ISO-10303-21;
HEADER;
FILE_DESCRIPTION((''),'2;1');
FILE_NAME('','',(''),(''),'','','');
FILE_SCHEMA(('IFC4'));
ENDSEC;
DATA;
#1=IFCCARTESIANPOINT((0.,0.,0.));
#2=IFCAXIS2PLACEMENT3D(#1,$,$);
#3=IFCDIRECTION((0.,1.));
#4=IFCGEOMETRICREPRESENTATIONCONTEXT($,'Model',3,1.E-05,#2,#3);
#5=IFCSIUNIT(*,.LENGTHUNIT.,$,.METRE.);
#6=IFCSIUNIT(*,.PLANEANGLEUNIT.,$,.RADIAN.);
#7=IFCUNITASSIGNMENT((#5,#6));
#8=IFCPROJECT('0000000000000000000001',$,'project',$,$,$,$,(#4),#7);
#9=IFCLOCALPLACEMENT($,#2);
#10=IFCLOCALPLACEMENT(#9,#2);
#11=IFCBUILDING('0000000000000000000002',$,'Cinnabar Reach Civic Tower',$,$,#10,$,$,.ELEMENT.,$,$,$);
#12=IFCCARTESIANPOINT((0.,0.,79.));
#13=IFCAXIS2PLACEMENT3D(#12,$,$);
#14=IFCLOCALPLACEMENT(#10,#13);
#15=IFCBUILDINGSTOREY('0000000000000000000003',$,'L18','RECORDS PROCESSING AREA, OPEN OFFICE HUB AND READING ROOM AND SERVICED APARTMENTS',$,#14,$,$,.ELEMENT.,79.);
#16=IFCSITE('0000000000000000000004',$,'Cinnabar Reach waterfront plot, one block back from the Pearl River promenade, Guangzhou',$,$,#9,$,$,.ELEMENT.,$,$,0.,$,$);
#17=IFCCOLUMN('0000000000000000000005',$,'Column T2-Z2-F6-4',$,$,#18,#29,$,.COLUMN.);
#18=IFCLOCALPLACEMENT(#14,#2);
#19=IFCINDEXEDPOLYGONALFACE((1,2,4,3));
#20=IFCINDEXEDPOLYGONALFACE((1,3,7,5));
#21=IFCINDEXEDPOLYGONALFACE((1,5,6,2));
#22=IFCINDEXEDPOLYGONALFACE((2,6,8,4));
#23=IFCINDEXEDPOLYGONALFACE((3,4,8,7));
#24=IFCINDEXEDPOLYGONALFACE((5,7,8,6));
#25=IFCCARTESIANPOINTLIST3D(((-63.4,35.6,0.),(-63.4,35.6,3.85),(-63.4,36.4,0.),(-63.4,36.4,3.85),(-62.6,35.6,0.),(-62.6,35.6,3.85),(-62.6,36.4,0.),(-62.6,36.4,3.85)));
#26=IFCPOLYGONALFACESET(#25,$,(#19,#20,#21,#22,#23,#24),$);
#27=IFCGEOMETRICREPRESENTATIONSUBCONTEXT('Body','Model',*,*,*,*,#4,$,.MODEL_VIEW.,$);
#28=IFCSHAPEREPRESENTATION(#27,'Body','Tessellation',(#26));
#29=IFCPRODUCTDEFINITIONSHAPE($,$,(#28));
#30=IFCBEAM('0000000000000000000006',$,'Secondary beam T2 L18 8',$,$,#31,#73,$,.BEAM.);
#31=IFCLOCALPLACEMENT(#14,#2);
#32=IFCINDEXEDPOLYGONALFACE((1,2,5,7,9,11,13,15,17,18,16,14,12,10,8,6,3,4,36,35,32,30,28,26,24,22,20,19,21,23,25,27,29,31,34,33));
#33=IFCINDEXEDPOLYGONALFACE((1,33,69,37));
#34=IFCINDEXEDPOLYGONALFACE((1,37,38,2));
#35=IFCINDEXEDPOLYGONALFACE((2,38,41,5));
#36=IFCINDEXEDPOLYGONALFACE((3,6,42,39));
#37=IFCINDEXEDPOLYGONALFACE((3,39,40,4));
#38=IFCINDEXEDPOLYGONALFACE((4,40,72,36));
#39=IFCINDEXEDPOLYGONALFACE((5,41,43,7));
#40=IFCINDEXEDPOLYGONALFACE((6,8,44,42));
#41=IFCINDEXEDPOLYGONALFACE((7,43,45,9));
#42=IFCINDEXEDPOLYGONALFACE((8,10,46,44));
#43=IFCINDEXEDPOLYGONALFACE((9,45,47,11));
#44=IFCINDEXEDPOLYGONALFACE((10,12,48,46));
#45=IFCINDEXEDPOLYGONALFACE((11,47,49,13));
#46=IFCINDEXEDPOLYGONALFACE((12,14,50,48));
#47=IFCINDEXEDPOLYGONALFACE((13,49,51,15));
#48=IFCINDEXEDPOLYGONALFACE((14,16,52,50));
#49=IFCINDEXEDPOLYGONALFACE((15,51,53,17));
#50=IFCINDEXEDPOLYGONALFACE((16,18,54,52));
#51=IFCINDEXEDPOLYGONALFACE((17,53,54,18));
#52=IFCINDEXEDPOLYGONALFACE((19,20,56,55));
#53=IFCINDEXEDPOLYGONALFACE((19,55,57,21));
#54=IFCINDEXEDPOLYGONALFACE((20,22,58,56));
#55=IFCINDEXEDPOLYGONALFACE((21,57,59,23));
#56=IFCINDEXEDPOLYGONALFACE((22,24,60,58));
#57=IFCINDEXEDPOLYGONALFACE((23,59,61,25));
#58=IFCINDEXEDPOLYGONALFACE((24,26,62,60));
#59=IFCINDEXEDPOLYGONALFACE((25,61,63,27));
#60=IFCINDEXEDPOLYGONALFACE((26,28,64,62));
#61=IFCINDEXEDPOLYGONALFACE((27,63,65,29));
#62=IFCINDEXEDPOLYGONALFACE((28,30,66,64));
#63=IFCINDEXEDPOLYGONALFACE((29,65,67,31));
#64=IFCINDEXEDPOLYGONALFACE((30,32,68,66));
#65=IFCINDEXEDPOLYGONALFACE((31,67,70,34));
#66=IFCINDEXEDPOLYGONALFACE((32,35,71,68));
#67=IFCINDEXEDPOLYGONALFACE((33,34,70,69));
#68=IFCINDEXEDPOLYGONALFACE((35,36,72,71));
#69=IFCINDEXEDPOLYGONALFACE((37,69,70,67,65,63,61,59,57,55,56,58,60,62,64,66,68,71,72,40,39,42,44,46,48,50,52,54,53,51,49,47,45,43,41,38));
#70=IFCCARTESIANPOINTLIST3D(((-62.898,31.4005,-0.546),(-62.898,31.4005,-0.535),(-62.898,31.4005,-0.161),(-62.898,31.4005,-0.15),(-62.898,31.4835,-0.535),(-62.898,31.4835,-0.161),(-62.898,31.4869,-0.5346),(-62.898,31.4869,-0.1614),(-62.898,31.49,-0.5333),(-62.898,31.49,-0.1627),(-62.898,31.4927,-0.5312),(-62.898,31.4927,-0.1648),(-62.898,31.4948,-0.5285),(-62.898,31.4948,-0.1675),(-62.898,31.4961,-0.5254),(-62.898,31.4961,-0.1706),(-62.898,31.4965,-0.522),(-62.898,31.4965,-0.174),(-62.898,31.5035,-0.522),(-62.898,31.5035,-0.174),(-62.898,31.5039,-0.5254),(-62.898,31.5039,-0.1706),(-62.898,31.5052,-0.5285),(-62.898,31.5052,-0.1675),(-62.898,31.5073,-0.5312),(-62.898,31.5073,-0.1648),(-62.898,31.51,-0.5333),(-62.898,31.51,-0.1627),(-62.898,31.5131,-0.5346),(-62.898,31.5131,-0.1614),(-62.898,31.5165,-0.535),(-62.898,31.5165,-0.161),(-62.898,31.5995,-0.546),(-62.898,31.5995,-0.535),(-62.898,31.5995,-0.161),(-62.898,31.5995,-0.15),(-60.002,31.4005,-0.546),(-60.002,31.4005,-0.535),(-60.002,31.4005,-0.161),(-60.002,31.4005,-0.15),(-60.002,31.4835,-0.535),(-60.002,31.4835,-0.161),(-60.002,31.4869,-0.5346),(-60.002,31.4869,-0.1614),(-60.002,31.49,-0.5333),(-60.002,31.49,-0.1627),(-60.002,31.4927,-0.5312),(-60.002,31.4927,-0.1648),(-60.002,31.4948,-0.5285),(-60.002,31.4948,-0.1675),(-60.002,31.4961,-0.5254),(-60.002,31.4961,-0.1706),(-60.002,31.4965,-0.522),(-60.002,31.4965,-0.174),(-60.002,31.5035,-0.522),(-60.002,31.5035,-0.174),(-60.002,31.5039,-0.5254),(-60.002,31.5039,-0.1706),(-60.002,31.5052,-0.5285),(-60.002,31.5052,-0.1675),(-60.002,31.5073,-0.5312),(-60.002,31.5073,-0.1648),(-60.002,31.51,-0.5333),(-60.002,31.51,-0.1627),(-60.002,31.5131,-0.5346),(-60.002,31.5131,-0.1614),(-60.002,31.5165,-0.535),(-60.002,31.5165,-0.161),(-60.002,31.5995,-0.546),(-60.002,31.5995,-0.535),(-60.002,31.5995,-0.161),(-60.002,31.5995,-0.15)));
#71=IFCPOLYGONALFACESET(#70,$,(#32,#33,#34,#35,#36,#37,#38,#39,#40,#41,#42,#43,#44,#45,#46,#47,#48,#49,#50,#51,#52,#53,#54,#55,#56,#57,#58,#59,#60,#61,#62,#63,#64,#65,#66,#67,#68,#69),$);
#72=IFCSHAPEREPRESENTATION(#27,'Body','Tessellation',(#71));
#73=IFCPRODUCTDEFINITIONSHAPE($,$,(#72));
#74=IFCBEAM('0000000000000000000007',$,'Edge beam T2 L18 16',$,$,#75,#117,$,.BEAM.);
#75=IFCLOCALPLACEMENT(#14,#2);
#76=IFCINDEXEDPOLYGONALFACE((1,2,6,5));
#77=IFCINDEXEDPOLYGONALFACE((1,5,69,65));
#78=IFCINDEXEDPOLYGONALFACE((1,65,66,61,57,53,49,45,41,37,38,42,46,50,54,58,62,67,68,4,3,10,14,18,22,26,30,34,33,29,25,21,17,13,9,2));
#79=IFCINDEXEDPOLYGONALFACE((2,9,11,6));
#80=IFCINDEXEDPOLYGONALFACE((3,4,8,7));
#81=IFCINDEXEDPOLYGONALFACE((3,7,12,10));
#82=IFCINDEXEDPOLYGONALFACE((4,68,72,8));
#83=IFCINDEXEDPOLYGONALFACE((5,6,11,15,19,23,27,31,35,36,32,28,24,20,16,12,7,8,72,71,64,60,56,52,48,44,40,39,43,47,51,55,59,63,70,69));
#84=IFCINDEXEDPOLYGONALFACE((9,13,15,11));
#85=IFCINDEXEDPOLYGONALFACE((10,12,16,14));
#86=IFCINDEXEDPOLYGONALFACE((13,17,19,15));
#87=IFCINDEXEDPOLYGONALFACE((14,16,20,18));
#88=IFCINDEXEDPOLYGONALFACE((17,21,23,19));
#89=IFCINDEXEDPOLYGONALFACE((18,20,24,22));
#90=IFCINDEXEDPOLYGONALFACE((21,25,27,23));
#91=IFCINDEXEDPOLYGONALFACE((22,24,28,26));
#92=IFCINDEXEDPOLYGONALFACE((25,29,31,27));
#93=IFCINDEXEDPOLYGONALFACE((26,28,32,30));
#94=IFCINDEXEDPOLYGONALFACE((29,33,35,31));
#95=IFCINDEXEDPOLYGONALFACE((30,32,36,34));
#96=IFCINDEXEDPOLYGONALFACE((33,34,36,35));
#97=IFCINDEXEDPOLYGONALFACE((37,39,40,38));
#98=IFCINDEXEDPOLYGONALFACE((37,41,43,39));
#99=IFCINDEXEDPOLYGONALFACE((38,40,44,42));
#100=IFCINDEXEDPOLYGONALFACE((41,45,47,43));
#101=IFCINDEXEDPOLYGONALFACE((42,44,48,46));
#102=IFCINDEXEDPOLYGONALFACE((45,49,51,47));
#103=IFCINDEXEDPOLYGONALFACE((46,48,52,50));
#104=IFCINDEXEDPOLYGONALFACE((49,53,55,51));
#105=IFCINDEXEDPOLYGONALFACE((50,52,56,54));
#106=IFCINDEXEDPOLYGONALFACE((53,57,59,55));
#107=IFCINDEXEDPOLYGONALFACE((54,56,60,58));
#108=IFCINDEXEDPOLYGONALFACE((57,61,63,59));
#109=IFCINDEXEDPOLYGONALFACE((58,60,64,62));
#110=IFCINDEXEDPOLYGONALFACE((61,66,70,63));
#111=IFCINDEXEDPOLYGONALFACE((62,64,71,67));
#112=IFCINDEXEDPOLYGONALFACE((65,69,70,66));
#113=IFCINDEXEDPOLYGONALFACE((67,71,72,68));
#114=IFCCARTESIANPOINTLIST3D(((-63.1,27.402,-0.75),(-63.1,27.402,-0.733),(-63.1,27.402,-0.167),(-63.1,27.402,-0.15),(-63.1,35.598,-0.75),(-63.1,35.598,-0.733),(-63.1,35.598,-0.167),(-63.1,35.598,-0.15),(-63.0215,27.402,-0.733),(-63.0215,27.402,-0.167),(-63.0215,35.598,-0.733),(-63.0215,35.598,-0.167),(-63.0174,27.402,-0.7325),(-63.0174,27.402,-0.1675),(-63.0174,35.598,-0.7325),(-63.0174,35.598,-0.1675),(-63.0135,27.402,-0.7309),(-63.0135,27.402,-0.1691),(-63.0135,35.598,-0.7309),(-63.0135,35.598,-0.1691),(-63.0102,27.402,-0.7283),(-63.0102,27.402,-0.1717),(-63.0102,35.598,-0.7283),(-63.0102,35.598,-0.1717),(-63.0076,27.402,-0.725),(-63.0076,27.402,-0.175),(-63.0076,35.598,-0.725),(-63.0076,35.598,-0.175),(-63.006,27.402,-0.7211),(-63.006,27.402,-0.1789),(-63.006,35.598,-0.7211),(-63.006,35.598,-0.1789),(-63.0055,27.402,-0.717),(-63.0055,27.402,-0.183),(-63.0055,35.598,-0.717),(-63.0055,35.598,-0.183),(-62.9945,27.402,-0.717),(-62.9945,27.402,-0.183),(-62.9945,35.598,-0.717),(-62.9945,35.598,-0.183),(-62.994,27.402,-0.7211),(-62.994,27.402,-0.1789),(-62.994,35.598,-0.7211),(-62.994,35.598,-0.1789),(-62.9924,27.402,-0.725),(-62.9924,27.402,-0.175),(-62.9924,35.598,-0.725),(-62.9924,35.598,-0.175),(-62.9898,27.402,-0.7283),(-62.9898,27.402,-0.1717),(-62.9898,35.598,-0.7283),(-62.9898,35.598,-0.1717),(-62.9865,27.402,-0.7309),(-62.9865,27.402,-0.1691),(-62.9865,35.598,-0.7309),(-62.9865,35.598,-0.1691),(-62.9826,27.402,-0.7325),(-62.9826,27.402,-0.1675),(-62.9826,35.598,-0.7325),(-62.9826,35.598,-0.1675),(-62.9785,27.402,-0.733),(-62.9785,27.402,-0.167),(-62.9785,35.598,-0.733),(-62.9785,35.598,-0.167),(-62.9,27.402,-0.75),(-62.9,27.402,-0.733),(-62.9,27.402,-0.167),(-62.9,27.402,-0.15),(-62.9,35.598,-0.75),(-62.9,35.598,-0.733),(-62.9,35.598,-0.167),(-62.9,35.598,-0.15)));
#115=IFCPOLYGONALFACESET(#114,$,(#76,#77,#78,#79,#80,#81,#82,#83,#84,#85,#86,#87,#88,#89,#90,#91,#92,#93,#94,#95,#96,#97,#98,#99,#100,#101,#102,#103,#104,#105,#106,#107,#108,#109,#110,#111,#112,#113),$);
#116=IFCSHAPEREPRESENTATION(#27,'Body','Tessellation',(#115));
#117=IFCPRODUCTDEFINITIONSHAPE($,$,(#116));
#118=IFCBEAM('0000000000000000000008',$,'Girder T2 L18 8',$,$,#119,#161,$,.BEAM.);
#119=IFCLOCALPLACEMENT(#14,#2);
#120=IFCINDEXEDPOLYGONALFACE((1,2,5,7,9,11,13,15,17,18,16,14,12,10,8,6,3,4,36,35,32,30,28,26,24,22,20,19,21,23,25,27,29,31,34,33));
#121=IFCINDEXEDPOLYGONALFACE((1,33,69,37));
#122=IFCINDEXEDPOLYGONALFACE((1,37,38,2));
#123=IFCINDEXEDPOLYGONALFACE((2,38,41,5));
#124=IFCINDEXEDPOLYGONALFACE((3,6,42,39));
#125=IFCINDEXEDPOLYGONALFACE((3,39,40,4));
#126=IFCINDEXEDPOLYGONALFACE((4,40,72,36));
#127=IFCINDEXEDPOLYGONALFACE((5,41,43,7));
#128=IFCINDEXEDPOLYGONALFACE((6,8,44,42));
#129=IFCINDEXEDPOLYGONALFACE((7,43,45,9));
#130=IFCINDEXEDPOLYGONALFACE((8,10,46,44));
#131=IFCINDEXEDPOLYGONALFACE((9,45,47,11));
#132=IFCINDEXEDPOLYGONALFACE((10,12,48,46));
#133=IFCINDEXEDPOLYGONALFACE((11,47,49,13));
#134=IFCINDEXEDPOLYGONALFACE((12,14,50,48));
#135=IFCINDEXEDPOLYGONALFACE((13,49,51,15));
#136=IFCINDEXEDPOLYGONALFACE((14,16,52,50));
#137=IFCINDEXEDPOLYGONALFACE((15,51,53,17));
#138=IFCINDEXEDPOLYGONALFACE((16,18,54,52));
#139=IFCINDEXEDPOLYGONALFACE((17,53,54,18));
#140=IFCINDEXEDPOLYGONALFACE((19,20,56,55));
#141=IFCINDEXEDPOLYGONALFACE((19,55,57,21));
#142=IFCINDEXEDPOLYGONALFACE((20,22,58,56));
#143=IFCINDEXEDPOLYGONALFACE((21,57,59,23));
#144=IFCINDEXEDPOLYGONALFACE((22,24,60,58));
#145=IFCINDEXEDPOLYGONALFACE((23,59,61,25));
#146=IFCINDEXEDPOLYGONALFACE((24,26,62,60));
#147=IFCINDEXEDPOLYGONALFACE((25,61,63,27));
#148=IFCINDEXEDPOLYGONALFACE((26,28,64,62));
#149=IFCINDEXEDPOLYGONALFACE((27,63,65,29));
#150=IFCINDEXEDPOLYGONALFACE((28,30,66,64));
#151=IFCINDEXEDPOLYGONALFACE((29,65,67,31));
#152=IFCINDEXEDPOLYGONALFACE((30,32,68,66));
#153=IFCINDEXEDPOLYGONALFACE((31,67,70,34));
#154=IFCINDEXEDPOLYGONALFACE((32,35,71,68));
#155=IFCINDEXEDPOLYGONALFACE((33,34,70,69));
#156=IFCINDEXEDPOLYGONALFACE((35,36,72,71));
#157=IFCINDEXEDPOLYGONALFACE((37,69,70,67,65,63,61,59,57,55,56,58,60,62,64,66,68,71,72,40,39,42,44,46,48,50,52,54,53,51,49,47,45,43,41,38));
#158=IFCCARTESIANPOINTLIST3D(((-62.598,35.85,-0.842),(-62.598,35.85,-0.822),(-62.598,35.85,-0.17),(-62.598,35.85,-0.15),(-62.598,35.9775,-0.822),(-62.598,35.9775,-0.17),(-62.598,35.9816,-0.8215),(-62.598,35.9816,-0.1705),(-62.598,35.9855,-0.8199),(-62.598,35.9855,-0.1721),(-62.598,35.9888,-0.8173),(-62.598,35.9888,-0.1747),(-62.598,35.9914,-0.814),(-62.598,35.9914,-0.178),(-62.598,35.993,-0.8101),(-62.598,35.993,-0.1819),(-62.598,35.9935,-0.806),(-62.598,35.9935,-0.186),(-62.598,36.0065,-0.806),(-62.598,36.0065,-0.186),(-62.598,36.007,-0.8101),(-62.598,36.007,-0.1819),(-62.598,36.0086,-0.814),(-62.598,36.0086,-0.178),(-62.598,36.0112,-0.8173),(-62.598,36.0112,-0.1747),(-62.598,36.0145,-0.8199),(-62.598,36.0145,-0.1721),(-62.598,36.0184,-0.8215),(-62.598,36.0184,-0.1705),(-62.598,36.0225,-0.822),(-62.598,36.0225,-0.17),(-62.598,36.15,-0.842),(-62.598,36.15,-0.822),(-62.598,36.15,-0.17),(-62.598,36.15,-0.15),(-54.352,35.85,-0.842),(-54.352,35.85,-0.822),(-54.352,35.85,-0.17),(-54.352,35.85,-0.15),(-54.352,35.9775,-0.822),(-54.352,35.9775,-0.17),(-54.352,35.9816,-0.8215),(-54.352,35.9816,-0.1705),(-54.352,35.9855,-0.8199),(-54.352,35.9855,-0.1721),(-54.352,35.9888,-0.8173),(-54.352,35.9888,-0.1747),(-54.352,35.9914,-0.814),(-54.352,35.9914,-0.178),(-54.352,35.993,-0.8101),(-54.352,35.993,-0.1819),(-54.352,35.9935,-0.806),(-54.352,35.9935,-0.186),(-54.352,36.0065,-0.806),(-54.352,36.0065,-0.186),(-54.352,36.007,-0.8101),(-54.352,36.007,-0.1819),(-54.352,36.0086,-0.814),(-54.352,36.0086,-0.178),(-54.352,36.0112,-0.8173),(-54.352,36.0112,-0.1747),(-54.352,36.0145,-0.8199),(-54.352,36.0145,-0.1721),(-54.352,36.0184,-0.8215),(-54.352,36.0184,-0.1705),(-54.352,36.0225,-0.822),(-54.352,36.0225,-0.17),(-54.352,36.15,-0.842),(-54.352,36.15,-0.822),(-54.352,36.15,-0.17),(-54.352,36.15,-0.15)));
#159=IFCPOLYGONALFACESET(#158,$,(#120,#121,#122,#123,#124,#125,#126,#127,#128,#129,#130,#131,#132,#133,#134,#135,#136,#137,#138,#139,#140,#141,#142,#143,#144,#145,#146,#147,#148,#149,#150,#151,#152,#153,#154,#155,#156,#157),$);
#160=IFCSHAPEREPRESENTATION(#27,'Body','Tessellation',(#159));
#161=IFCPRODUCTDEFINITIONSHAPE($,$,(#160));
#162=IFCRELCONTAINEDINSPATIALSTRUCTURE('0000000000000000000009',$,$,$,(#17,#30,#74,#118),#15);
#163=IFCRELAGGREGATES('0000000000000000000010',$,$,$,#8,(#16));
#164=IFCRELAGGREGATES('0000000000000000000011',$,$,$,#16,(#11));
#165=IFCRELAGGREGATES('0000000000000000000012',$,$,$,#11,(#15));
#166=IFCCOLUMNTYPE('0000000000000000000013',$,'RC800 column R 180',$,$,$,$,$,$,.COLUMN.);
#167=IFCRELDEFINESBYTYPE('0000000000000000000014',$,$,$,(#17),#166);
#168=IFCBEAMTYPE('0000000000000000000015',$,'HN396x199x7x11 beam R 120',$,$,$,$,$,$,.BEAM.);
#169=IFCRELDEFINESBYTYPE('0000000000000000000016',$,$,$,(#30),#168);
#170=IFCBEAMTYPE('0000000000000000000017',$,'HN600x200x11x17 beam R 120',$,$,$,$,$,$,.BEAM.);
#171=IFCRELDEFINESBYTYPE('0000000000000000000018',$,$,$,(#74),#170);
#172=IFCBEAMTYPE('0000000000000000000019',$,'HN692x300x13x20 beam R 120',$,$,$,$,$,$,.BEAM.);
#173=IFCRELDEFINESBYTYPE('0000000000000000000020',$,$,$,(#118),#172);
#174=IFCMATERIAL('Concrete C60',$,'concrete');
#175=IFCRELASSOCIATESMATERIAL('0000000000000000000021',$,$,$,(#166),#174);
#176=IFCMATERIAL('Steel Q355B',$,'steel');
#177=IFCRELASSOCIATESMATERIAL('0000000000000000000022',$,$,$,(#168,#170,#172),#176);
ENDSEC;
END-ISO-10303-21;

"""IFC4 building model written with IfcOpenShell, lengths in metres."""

from ifc_helpers import new_model, si_unit, direction, frame, origin, origin_2d, place, context, subcontext, project, spatial, rectangle, i_section, extrude, material, material_profile, profile_set, type_object, element, save


model = new_model("IFC4")

# Units and contexts
model_context = context("Model", 3, precision=1e-05, world=origin(), true_north=direction((0.0, 1.0)))
body_context = subcontext(model_context, "Body", "Model", "MODEL_VIEW")
ifc_project = project(units=[si_unit("LENGTHUNIT", "METRE"), si_unit("PLANEANGLEUNIT", "RADIAN")], contexts=[model_context])

# Site, building, storey
site_placement = place(None, origin())
site = spatial("IfcSite", under=ifc_project, at=site_placement, Name="Cinnabar Reach waterfront plot, one block back from the Pearl River promenade, Guangzhou", CompositionType="ELEMENT", RefElevation=0.0)
building_placement = place(site_placement, origin())
building = spatial("IfcBuilding", under=site, at=building_placement, Name="Cinnabar Reach Civic Tower", CompositionType="ELEMENT")
storey_placement = place(building_placement, frame((0.0, 0.0, 79.0)))
storey = spatial("IfcBuildingStorey", under=building, at=storey_placement, Name="L18", Description="RECORDS PROCESSING AREA, OPEN OFFICE HUB AND READING ROOM AND SERVICED APARTMENTS", CompositionType="ELEMENT", Elevation=79.0)

# Column
ifc_material_1 = material(Name="Concrete C60", Category="concrete")
ifc_material_profile_1 = material_profile(ifc_material_1, rectangle(XDim=0.8, YDim=0.8, at=origin_2d()), Name="RC800")
ifc_profile_set_1 = profile_set([ifc_material_profile_1], Name="Concrete C60")
column_type = type_object("IfcColumnType", Name="RC800 column R 180", PredefinedType="COLUMN", material=ifc_profile_set_1)
column_placement = place(storey_placement, frame((-63.0, 36.0, 0.0), z_axis=(0.0, 0.0, 1.0), x_axis=(1.0, 0.0, 0.0)))
element("IfcColumn", 1, at=column_placement, inside=storey, type_object=column_type, Name="Column T2-Z2-F6-4", PredefinedType="COLUMN", context=body_context, shape_type="SweptSolid", body=[
    extrude(rectangle(XDim=0.8, YDim=0.8, at=origin_2d()), origin(), (0.0, 0.0, 1.0), 3.85),
])

# Beams
ifc_material_2 = material(Name="Steel Q355B", Category="steel")
ifc_material_profile_2 = material_profile(ifc_material_2, i_section(OverallWidth=0.199, OverallDepth=0.396, WebThickness=0.007, FlangeThickness=0.011, FilletRadius=0.013, at=origin_2d()), Name="HN396x199x7x11")
ifc_profile_set_2 = profile_set([ifc_material_profile_2], Name="Steel Q355B")
beam_type_1 = type_object("IfcBeamType", Name="HN396x199x7x11 beam R 120", PredefinedType="BEAM", material=ifc_profile_set_2)
beam_1_placement = place(storey_placement, frame((-62.898, 31.5, -0.348), z_axis=(1.0, 0.0, 0.0), x_axis=(0.0, 1.0, 0.0)))
element("IfcBeam", 2, at=beam_1_placement, inside=storey, type_object=beam_type_1, Name="Secondary beam T2 L18 8", PredefinedType="BEAM", context=body_context, shape_type="SweptSolid", body=[
    extrude(i_section(OverallWidth=0.199, OverallDepth=0.396, WebThickness=0.007, FlangeThickness=0.011, FilletRadius=0.013, at=origin_2d()), origin(), (0.0, 0.0, 1.0), 2.896),
])
ifc_material_profile_3 = material_profile(ifc_material_2, i_section(OverallWidth=0.2, OverallDepth=0.6, WebThickness=0.011, FlangeThickness=0.017, FilletRadius=0.016, at=origin_2d()), Name="HN600x200x11x17")
ifc_profile_set_3 = profile_set([ifc_material_profile_3], Name="Steel Q355B")
beam_type_2 = type_object("IfcBeamType", Name="HN600x200x11x17 beam R 120", PredefinedType="BEAM", material=ifc_profile_set_3)
beam_2_placement = place(storey_placement, frame((-63.0, 35.598, -0.45), z_axis=(0.0, -1.0, 0.0), x_axis=(1.0, 0.0, 0.0)))
element("IfcBeam", 3, at=beam_2_placement, inside=storey, type_object=beam_type_2, Name="Edge beam T2 L18 16", PredefinedType="BEAM", context=body_context, shape_type="SweptSolid", body=[
    extrude(i_section(OverallWidth=0.2, OverallDepth=0.6, WebThickness=0.011, FlangeThickness=0.017, FilletRadius=0.016, at=origin_2d()), origin(), (0.0, 0.0, 1.0), 8.196),
])
ifc_material_profile_4 = material_profile(ifc_material_2, i_section(OverallWidth=0.3, OverallDepth=0.692, WebThickness=0.013, FlangeThickness=0.02, FilletRadius=0.016, at=origin_2d()), Name="HN692x300x13x20")
ifc_profile_set_4 = profile_set([ifc_material_profile_4], Name="Steel Q355B")
beam_type_3 = type_object("IfcBeamType", Name="HN692x300x13x20 beam R 120", PredefinedType="BEAM", material=ifc_profile_set_4)
beam_3_placement = place(storey_placement, frame((-62.598, 36.0, -0.496), z_axis=(1.0, 0.0, 0.0), x_axis=(0.0, 1.0, 0.0)))
element("IfcBeam", 4, at=beam_3_placement, inside=storey, type_object=beam_type_3, Name="Girder T2 L18 8", PredefinedType="BEAM", context=body_context, shape_type="SweptSolid", body=[
    extrude(i_section(OverallWidth=0.3, OverallDepth=0.692, WebThickness=0.013, FlangeThickness=0.02, FilletRadius=0.016, at=origin_2d()), origin(), (0.0, 0.0, 1.0), 8.246),
])

save(model, "model.ifc")
